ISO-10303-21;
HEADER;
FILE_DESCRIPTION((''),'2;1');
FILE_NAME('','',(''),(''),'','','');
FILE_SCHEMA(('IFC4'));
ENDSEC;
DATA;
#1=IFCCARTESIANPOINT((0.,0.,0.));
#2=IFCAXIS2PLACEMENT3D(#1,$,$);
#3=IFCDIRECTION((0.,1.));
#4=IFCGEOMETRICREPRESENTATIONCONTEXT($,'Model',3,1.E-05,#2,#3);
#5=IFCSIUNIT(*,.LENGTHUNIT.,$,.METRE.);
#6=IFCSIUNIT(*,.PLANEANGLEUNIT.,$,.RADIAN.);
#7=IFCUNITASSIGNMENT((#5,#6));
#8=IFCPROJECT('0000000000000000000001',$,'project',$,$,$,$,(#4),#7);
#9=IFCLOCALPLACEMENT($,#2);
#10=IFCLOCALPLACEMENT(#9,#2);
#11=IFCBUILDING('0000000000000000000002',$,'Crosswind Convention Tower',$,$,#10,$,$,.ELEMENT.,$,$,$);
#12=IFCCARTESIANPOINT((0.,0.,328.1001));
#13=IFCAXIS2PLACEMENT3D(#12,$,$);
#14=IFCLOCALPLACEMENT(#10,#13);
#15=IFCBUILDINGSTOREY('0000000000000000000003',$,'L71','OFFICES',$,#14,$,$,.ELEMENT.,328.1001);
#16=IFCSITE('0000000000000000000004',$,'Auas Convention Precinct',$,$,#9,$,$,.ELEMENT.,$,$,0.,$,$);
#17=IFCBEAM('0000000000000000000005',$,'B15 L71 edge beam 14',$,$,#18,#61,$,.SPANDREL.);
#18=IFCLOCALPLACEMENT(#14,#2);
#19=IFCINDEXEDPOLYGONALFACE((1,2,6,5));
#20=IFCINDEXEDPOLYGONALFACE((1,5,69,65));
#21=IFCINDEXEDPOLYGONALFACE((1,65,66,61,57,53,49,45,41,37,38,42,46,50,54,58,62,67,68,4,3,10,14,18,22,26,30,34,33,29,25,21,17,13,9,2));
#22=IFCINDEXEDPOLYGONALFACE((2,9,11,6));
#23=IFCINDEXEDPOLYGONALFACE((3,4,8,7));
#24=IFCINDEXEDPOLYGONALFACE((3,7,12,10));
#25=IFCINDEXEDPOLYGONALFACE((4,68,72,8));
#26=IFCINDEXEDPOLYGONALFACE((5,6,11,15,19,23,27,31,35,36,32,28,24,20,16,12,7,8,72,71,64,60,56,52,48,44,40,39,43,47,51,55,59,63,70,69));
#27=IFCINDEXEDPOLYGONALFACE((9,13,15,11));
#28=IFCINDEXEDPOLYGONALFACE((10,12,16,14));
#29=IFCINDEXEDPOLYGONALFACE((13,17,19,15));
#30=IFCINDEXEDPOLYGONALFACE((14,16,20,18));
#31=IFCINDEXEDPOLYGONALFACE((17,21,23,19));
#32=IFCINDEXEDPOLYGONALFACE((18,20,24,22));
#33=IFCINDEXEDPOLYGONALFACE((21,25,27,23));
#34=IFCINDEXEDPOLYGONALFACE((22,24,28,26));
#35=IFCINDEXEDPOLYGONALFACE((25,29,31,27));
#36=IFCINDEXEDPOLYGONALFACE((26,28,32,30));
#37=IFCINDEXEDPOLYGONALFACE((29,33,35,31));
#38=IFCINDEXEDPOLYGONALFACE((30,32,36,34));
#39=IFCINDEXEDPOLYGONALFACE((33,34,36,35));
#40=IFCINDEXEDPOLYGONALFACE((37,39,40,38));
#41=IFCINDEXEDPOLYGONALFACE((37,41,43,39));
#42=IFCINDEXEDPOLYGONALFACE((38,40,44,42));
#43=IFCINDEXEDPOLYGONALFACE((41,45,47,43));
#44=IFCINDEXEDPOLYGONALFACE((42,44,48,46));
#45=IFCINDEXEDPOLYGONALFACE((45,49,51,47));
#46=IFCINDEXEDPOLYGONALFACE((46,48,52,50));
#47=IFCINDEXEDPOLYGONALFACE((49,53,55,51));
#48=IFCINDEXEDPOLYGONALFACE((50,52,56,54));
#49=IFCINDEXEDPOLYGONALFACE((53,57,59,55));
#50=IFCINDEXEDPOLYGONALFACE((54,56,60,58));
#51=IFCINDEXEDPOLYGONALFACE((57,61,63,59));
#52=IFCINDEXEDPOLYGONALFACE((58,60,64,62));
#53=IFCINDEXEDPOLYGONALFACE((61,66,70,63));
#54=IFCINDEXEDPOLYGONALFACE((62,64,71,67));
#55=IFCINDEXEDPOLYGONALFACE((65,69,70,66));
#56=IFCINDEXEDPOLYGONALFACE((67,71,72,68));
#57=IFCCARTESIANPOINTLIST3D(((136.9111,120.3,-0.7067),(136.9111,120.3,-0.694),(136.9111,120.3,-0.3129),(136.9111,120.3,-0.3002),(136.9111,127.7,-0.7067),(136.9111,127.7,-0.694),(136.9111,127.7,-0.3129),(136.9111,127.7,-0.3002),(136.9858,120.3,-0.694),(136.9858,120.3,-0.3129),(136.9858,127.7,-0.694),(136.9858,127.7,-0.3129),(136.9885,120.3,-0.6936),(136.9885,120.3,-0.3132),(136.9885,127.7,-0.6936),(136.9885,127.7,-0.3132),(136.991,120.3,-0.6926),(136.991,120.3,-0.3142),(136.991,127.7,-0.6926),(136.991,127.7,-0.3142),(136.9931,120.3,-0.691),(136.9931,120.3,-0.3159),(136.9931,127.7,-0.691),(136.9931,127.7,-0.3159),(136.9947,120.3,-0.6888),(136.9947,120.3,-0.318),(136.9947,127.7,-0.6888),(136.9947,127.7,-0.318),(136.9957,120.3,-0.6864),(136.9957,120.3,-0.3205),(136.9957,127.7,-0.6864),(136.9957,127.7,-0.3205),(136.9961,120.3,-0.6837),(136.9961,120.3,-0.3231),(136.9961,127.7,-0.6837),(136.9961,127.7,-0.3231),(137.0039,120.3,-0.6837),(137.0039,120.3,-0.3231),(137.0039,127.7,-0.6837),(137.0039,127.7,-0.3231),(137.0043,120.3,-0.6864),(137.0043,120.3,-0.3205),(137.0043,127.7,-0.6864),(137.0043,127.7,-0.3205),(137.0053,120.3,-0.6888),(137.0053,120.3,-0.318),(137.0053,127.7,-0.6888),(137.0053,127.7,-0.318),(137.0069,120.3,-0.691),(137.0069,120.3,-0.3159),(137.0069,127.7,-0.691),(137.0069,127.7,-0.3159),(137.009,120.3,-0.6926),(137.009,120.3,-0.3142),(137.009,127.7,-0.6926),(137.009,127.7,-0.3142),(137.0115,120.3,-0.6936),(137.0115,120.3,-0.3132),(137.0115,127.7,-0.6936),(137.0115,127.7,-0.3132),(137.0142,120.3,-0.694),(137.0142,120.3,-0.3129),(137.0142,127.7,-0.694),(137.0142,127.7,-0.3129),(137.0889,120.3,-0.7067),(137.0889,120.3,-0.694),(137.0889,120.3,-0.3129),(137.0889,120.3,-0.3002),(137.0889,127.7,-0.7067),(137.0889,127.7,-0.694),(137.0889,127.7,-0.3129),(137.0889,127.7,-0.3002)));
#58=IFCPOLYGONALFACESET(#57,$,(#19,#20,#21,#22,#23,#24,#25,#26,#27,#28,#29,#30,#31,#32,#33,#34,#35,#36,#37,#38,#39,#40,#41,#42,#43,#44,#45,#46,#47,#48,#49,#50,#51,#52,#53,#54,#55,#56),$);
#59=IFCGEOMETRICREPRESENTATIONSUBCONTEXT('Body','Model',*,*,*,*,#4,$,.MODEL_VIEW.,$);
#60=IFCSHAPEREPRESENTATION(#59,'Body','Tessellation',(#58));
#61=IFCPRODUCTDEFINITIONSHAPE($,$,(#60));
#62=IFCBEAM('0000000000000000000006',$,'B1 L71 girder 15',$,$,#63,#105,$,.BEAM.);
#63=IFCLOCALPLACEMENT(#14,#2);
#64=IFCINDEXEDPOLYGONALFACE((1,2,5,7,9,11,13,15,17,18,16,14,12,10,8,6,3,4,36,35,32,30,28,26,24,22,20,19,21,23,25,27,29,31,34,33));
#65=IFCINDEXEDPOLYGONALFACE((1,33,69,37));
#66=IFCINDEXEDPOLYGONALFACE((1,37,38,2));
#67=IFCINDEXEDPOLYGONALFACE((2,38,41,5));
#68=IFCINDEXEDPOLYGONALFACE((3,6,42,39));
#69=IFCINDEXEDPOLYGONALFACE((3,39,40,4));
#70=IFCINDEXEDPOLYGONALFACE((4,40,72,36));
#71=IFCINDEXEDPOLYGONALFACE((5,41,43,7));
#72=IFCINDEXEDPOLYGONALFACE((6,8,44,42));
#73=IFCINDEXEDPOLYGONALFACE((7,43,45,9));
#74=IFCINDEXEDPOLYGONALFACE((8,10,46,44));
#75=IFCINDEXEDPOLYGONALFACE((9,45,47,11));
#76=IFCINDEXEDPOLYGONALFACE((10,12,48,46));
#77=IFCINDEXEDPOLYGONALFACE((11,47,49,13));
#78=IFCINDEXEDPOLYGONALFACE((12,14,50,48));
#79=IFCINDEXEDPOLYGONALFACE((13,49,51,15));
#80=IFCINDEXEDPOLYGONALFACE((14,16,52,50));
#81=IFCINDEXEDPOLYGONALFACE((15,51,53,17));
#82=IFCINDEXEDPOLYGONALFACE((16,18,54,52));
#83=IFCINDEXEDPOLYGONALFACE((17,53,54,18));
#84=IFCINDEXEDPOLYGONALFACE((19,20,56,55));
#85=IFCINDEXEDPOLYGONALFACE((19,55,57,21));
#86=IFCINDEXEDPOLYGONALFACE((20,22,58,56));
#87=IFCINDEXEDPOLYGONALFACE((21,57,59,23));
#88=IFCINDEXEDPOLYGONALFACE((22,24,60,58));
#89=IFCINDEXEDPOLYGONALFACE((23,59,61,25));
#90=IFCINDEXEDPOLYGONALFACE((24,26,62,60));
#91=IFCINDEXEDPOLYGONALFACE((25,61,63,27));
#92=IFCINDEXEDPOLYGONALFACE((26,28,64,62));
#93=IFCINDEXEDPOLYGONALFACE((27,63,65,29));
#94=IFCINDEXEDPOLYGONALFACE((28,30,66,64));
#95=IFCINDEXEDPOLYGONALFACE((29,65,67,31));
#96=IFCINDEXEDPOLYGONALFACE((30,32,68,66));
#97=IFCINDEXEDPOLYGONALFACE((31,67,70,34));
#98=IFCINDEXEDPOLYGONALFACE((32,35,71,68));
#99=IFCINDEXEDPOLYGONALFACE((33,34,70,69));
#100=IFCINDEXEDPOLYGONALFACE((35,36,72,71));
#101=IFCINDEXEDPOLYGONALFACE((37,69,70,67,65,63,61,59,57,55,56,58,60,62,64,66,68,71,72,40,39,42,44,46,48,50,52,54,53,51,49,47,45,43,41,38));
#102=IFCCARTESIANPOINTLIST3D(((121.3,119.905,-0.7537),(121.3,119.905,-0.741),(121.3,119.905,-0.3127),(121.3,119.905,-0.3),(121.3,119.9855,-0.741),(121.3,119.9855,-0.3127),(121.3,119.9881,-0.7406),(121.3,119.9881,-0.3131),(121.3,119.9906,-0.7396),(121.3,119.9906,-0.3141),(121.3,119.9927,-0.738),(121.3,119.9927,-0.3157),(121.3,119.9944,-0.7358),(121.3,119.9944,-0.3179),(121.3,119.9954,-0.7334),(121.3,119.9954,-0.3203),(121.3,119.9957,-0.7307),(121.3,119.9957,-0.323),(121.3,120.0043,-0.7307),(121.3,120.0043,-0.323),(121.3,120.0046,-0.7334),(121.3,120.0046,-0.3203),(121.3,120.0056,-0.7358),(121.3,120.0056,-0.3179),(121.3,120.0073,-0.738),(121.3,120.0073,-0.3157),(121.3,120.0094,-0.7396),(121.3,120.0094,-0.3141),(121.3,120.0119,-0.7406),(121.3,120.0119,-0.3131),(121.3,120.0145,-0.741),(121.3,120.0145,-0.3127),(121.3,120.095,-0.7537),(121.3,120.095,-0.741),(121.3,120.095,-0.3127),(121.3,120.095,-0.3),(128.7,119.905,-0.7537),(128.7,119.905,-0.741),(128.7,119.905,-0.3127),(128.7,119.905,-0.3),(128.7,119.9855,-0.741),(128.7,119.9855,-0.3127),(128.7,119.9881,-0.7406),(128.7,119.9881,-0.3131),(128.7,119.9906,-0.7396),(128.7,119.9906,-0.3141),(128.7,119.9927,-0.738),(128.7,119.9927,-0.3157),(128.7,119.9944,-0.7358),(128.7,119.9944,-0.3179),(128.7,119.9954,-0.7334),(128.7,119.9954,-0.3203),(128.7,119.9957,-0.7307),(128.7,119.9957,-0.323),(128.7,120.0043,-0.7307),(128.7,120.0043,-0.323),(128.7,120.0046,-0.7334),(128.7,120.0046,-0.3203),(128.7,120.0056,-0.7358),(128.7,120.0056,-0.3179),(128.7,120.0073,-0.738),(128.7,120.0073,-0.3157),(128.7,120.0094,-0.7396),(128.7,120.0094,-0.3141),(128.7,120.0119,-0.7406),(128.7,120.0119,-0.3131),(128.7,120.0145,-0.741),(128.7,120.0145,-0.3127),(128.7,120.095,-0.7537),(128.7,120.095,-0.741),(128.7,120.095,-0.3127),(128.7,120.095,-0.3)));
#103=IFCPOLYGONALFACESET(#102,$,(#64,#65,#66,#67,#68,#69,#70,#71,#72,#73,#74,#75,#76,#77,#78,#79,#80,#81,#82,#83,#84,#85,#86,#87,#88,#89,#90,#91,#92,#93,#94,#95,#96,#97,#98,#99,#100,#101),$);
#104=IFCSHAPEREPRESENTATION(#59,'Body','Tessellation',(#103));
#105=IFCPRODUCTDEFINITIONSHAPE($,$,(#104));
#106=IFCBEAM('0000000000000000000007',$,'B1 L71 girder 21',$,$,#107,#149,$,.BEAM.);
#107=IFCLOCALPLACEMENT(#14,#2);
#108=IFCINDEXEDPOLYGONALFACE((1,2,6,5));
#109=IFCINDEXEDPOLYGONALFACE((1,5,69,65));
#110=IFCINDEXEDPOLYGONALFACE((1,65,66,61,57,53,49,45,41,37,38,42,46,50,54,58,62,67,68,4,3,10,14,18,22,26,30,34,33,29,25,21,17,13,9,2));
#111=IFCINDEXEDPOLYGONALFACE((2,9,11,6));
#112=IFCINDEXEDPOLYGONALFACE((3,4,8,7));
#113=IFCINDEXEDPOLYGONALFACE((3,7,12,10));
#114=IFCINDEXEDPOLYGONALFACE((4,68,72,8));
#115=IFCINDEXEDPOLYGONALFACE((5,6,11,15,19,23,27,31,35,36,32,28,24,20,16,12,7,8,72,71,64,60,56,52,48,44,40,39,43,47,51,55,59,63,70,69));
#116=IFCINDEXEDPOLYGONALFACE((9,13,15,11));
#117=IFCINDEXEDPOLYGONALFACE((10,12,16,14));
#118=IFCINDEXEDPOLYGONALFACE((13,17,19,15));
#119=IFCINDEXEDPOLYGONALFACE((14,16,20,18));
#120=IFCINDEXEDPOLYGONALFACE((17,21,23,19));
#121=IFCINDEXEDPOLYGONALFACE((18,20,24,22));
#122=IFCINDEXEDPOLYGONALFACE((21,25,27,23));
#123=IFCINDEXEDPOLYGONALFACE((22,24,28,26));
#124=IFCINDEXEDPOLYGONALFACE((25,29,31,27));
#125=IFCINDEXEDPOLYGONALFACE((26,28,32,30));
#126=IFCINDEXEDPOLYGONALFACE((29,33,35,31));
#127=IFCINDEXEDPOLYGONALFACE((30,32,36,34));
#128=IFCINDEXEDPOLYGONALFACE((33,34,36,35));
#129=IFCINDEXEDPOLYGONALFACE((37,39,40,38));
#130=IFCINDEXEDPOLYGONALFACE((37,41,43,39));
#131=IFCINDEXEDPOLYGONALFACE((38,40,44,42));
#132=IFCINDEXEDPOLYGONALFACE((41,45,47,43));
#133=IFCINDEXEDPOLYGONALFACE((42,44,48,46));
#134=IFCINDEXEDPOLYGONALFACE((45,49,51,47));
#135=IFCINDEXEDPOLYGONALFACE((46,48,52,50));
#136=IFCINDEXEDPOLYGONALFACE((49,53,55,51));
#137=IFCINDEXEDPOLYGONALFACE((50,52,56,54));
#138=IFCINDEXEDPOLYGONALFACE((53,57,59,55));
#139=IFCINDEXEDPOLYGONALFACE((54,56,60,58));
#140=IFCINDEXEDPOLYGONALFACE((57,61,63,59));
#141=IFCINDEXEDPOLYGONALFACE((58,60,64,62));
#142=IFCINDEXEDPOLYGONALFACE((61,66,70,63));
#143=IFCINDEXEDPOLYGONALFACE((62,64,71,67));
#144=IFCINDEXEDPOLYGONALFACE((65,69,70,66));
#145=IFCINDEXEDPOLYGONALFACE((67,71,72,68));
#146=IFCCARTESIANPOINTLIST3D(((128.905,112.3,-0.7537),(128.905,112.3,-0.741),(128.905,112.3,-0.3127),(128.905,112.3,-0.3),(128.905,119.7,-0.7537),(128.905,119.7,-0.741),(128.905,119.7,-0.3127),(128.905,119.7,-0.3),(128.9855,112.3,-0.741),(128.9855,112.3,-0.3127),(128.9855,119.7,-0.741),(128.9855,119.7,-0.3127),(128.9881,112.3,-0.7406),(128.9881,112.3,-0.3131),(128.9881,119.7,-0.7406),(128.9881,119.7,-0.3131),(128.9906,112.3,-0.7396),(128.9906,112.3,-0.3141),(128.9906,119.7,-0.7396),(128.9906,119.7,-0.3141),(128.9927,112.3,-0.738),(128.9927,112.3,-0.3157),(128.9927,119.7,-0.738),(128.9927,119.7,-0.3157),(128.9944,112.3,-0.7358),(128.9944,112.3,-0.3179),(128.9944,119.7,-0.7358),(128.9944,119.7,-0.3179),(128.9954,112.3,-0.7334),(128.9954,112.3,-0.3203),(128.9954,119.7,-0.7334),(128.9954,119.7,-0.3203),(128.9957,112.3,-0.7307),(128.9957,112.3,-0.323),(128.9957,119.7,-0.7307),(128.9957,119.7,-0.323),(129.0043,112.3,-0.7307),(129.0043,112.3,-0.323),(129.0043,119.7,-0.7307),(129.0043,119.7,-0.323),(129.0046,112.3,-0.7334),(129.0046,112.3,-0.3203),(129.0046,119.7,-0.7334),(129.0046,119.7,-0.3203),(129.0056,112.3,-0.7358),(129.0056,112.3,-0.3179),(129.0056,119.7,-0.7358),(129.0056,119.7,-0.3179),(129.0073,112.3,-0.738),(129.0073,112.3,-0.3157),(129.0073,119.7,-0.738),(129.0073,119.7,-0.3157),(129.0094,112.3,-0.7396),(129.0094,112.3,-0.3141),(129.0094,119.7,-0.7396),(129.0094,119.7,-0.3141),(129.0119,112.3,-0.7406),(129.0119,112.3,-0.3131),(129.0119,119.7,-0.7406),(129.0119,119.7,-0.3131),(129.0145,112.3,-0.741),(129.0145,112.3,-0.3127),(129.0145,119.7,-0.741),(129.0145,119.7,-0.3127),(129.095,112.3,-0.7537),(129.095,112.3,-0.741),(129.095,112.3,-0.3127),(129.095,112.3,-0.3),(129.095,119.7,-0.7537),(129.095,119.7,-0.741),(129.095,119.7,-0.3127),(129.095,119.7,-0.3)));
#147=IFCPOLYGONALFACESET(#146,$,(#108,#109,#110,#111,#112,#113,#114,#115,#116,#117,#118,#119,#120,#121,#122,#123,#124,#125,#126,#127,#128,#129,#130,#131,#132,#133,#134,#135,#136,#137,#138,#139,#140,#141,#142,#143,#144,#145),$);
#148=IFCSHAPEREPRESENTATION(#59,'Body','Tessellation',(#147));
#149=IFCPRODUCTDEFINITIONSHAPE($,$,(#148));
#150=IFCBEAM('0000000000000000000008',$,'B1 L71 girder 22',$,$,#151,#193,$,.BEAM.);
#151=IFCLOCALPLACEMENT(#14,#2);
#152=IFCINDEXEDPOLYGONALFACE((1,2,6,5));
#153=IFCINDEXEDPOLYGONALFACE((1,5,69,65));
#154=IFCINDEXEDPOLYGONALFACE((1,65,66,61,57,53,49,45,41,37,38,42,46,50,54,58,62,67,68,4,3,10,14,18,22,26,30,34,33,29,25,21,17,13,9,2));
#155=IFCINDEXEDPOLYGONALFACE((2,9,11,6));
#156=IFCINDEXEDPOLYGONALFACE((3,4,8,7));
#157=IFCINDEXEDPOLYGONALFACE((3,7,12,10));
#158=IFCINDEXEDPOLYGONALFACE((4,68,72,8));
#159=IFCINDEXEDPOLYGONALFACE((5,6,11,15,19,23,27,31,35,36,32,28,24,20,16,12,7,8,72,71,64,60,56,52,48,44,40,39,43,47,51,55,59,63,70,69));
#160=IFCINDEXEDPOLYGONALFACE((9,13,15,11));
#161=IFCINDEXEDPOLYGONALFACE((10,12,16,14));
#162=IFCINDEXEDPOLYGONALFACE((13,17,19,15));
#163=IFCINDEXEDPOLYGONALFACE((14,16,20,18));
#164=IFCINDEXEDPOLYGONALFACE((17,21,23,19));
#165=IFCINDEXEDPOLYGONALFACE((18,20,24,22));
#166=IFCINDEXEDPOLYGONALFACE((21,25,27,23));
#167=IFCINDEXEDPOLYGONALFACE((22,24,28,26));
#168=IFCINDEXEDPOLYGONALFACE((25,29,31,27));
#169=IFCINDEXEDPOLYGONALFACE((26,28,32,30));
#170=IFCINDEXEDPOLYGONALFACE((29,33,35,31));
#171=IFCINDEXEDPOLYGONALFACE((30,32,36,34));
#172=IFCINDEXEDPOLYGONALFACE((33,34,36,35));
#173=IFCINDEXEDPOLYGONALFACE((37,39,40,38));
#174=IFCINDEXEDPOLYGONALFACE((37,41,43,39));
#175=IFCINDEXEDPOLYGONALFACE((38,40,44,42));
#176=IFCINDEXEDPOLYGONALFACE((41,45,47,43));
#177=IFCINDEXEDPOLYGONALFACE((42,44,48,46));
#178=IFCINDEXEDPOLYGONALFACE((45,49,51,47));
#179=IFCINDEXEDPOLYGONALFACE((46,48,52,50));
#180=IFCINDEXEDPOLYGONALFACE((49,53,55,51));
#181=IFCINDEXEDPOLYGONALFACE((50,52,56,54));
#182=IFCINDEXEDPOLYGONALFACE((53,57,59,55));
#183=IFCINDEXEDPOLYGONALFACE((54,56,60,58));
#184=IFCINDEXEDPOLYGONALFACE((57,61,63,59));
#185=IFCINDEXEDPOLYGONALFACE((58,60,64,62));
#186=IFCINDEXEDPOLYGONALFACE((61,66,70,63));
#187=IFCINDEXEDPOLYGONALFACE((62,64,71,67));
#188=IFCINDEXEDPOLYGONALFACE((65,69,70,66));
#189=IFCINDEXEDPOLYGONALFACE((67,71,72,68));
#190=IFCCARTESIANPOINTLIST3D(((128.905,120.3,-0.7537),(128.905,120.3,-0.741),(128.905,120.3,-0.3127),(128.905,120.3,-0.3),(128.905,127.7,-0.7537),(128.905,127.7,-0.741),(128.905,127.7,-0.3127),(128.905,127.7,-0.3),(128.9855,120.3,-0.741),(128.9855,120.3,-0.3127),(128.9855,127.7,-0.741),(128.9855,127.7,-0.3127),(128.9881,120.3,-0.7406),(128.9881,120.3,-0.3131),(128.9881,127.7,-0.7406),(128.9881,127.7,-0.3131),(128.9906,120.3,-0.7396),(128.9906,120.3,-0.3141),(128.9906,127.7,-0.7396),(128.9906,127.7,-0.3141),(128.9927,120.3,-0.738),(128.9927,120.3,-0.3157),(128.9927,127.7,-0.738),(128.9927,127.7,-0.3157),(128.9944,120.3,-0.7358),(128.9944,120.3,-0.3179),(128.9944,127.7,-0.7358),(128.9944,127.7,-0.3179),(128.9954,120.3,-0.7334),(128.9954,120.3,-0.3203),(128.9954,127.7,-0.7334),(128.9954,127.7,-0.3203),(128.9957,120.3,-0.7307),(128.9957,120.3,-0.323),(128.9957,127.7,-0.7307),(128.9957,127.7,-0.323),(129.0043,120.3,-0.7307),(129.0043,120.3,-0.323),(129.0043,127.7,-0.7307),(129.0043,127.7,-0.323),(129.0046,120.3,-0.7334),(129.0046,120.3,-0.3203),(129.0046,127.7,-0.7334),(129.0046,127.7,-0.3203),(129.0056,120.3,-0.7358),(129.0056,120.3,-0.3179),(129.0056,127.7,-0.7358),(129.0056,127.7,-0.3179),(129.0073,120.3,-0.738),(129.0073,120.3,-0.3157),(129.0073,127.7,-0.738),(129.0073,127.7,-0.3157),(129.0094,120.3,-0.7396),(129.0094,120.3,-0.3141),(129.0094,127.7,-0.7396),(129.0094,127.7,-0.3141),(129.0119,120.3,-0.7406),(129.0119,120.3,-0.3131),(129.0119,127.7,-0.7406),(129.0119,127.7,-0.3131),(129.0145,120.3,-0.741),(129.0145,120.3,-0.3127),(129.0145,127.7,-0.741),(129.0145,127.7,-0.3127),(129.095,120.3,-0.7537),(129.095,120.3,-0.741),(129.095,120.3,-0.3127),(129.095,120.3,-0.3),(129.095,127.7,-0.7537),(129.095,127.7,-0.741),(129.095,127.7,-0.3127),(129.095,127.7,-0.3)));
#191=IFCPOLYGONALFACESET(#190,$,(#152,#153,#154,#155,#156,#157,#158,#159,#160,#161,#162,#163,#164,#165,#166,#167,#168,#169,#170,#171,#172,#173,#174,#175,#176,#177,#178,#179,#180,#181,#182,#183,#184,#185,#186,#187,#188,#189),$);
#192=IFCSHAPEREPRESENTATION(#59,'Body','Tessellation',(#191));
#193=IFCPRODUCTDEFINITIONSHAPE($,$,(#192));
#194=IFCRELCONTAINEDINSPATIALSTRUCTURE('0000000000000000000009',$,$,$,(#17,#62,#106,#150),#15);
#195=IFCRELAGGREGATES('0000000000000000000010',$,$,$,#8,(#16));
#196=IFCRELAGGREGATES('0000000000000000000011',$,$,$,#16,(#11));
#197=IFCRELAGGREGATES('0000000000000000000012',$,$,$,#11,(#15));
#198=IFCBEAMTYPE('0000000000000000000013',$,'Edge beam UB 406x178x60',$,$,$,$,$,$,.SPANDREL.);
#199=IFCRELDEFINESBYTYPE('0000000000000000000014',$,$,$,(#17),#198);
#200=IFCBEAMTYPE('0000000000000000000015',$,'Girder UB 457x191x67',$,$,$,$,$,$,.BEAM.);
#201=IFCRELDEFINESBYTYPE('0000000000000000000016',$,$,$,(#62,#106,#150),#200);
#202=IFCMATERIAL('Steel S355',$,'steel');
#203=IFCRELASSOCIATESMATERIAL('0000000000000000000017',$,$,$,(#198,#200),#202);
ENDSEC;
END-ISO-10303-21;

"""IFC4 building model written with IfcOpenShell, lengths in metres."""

from ifc_helpers import new_model, si_unit, direction, frame, origin, origin_2d, place, context, subcontext, project, spatial, i_section, extrude, material, material_profile, profile_set, type_object, element, save


model = new_model("IFC4")

# Units and contexts
model_context = context("Model", 3, precision=1e-05, world=origin(), true_north=direction((0.0, 1.0)))
body_context = subcontext(model_context, "Body", "Model", "MODEL_VIEW")
ifc_project = project(units=[si_unit("LENGTHUNIT", "METRE"), si_unit("PLANEANGLEUNIT", "RADIAN")], contexts=[model_context])

# Site, building, storey
site_placement = place(None, origin())
site = spatial("IfcSite", under=ifc_project, at=site_placement, Name="Auas Convention Precinct", CompositionType="ELEMENT", RefElevation=0.0)
building_placement = place(site_placement, origin())
building = spatial("IfcBuilding", under=site, at=building_placement, Name="Crosswind Convention Tower", CompositionType="ELEMENT")
storey_placement = place(building_placement, frame((0.0, 0.0, 328.1001)))
storey = spatial("IfcBuildingStorey", under=building, at=storey_placement, Name="L71", Description="OFFICES", CompositionType="ELEMENT", Elevation=328.1001)

# Beams
ifc_material_1 = material(Name="Steel S355", Category="steel")
ifc_material_profile_1 = material_profile(ifc_material_1, i_section(OverallWidth=0.1777, OverallDepth=0.4065, WebThickness=0.0078, FlangeThickness=0.0127, FilletRadius=0.0103, at=origin_2d()), Name="UB 406x178x60")
ifc_profile_set_1 = profile_set([ifc_material_profile_1], Name="Steel S355")
beam_type_1 = type_object("IfcBeamType", Name="Edge beam UB 406x178x60", PredefinedType="SPANDREL", material=ifc_profile_set_1)
beam_1_placement = place(storey_placement, frame((137.0, 120.3, -0.5034), z_axis=(0.0, 1.0, 0.0), x_axis=(-1.0, 0.0, 0.0)))
element("IfcBeam", 1, at=beam_1_placement, inside=storey, type_object=beam_type_1, Name="B15 L71 edge beam 14", PredefinedType="SPANDREL", context=body_context, shape_type="SweptSolid", body=[
    extrude(i_section(OverallWidth=0.1777, OverallDepth=0.4065, WebThickness=0.0078, FlangeThickness=0.0127, FilletRadius=0.0103, at=origin_2d()), origin(), (0.0, 0.0, 1.0), 7.3999),
])
ifc_material_profile_2 = material_profile(ifc_material_1, i_section(OverallWidth=0.1899, OverallDepth=0.4536, WebThickness=0.0085, FlangeThickness=0.0127, FilletRadius=0.0103, at=origin_2d()), Name="UB 457x191x67")
ifc_profile_set_2 = profile_set([ifc_material_profile_2], Name="Steel S355")
beam_type_2 = type_object("IfcBeamType", Name="Girder UB 457x191x67", PredefinedType="BEAM", material=ifc_profile_set_2)
for number, where, z_axis, x_axis, name in (
    (2, (121.3, 120.0, -0.5269), (1.0, 0.0, 0.0), (0.0, 1.0, 0.0), "B1 L71 girder 15"),
    (3, (129.0, 112.3, -0.5269), (0.0, 1.0, 0.0), (-1.0, 0.0, 0.0), "B1 L71 girder 21"),
    (4, (129.0, 120.3, -0.5269), (0.0, 1.0, 0.0), (-1.0, 0.0, 0.0), "B1 L71 girder 22"),
):
    element("IfcBeam", number, at=place(storey_placement, frame(where, z_axis=z_axis, x_axis=x_axis)), inside=storey, type_object=beam_type_2, Name=name, PredefinedType="BEAM", context=body_context, shape_type="SweptSolid", body=[
        extrude(i_section(OverallWidth=0.1899, OverallDepth=0.4536, WebThickness=0.0085, FlangeThickness=0.0127, FilletRadius=0.0103, at=origin_2d()), origin(), (0.0, 0.0, 1.0), 7.3999),
    ])

save(model, "model.ifc")
